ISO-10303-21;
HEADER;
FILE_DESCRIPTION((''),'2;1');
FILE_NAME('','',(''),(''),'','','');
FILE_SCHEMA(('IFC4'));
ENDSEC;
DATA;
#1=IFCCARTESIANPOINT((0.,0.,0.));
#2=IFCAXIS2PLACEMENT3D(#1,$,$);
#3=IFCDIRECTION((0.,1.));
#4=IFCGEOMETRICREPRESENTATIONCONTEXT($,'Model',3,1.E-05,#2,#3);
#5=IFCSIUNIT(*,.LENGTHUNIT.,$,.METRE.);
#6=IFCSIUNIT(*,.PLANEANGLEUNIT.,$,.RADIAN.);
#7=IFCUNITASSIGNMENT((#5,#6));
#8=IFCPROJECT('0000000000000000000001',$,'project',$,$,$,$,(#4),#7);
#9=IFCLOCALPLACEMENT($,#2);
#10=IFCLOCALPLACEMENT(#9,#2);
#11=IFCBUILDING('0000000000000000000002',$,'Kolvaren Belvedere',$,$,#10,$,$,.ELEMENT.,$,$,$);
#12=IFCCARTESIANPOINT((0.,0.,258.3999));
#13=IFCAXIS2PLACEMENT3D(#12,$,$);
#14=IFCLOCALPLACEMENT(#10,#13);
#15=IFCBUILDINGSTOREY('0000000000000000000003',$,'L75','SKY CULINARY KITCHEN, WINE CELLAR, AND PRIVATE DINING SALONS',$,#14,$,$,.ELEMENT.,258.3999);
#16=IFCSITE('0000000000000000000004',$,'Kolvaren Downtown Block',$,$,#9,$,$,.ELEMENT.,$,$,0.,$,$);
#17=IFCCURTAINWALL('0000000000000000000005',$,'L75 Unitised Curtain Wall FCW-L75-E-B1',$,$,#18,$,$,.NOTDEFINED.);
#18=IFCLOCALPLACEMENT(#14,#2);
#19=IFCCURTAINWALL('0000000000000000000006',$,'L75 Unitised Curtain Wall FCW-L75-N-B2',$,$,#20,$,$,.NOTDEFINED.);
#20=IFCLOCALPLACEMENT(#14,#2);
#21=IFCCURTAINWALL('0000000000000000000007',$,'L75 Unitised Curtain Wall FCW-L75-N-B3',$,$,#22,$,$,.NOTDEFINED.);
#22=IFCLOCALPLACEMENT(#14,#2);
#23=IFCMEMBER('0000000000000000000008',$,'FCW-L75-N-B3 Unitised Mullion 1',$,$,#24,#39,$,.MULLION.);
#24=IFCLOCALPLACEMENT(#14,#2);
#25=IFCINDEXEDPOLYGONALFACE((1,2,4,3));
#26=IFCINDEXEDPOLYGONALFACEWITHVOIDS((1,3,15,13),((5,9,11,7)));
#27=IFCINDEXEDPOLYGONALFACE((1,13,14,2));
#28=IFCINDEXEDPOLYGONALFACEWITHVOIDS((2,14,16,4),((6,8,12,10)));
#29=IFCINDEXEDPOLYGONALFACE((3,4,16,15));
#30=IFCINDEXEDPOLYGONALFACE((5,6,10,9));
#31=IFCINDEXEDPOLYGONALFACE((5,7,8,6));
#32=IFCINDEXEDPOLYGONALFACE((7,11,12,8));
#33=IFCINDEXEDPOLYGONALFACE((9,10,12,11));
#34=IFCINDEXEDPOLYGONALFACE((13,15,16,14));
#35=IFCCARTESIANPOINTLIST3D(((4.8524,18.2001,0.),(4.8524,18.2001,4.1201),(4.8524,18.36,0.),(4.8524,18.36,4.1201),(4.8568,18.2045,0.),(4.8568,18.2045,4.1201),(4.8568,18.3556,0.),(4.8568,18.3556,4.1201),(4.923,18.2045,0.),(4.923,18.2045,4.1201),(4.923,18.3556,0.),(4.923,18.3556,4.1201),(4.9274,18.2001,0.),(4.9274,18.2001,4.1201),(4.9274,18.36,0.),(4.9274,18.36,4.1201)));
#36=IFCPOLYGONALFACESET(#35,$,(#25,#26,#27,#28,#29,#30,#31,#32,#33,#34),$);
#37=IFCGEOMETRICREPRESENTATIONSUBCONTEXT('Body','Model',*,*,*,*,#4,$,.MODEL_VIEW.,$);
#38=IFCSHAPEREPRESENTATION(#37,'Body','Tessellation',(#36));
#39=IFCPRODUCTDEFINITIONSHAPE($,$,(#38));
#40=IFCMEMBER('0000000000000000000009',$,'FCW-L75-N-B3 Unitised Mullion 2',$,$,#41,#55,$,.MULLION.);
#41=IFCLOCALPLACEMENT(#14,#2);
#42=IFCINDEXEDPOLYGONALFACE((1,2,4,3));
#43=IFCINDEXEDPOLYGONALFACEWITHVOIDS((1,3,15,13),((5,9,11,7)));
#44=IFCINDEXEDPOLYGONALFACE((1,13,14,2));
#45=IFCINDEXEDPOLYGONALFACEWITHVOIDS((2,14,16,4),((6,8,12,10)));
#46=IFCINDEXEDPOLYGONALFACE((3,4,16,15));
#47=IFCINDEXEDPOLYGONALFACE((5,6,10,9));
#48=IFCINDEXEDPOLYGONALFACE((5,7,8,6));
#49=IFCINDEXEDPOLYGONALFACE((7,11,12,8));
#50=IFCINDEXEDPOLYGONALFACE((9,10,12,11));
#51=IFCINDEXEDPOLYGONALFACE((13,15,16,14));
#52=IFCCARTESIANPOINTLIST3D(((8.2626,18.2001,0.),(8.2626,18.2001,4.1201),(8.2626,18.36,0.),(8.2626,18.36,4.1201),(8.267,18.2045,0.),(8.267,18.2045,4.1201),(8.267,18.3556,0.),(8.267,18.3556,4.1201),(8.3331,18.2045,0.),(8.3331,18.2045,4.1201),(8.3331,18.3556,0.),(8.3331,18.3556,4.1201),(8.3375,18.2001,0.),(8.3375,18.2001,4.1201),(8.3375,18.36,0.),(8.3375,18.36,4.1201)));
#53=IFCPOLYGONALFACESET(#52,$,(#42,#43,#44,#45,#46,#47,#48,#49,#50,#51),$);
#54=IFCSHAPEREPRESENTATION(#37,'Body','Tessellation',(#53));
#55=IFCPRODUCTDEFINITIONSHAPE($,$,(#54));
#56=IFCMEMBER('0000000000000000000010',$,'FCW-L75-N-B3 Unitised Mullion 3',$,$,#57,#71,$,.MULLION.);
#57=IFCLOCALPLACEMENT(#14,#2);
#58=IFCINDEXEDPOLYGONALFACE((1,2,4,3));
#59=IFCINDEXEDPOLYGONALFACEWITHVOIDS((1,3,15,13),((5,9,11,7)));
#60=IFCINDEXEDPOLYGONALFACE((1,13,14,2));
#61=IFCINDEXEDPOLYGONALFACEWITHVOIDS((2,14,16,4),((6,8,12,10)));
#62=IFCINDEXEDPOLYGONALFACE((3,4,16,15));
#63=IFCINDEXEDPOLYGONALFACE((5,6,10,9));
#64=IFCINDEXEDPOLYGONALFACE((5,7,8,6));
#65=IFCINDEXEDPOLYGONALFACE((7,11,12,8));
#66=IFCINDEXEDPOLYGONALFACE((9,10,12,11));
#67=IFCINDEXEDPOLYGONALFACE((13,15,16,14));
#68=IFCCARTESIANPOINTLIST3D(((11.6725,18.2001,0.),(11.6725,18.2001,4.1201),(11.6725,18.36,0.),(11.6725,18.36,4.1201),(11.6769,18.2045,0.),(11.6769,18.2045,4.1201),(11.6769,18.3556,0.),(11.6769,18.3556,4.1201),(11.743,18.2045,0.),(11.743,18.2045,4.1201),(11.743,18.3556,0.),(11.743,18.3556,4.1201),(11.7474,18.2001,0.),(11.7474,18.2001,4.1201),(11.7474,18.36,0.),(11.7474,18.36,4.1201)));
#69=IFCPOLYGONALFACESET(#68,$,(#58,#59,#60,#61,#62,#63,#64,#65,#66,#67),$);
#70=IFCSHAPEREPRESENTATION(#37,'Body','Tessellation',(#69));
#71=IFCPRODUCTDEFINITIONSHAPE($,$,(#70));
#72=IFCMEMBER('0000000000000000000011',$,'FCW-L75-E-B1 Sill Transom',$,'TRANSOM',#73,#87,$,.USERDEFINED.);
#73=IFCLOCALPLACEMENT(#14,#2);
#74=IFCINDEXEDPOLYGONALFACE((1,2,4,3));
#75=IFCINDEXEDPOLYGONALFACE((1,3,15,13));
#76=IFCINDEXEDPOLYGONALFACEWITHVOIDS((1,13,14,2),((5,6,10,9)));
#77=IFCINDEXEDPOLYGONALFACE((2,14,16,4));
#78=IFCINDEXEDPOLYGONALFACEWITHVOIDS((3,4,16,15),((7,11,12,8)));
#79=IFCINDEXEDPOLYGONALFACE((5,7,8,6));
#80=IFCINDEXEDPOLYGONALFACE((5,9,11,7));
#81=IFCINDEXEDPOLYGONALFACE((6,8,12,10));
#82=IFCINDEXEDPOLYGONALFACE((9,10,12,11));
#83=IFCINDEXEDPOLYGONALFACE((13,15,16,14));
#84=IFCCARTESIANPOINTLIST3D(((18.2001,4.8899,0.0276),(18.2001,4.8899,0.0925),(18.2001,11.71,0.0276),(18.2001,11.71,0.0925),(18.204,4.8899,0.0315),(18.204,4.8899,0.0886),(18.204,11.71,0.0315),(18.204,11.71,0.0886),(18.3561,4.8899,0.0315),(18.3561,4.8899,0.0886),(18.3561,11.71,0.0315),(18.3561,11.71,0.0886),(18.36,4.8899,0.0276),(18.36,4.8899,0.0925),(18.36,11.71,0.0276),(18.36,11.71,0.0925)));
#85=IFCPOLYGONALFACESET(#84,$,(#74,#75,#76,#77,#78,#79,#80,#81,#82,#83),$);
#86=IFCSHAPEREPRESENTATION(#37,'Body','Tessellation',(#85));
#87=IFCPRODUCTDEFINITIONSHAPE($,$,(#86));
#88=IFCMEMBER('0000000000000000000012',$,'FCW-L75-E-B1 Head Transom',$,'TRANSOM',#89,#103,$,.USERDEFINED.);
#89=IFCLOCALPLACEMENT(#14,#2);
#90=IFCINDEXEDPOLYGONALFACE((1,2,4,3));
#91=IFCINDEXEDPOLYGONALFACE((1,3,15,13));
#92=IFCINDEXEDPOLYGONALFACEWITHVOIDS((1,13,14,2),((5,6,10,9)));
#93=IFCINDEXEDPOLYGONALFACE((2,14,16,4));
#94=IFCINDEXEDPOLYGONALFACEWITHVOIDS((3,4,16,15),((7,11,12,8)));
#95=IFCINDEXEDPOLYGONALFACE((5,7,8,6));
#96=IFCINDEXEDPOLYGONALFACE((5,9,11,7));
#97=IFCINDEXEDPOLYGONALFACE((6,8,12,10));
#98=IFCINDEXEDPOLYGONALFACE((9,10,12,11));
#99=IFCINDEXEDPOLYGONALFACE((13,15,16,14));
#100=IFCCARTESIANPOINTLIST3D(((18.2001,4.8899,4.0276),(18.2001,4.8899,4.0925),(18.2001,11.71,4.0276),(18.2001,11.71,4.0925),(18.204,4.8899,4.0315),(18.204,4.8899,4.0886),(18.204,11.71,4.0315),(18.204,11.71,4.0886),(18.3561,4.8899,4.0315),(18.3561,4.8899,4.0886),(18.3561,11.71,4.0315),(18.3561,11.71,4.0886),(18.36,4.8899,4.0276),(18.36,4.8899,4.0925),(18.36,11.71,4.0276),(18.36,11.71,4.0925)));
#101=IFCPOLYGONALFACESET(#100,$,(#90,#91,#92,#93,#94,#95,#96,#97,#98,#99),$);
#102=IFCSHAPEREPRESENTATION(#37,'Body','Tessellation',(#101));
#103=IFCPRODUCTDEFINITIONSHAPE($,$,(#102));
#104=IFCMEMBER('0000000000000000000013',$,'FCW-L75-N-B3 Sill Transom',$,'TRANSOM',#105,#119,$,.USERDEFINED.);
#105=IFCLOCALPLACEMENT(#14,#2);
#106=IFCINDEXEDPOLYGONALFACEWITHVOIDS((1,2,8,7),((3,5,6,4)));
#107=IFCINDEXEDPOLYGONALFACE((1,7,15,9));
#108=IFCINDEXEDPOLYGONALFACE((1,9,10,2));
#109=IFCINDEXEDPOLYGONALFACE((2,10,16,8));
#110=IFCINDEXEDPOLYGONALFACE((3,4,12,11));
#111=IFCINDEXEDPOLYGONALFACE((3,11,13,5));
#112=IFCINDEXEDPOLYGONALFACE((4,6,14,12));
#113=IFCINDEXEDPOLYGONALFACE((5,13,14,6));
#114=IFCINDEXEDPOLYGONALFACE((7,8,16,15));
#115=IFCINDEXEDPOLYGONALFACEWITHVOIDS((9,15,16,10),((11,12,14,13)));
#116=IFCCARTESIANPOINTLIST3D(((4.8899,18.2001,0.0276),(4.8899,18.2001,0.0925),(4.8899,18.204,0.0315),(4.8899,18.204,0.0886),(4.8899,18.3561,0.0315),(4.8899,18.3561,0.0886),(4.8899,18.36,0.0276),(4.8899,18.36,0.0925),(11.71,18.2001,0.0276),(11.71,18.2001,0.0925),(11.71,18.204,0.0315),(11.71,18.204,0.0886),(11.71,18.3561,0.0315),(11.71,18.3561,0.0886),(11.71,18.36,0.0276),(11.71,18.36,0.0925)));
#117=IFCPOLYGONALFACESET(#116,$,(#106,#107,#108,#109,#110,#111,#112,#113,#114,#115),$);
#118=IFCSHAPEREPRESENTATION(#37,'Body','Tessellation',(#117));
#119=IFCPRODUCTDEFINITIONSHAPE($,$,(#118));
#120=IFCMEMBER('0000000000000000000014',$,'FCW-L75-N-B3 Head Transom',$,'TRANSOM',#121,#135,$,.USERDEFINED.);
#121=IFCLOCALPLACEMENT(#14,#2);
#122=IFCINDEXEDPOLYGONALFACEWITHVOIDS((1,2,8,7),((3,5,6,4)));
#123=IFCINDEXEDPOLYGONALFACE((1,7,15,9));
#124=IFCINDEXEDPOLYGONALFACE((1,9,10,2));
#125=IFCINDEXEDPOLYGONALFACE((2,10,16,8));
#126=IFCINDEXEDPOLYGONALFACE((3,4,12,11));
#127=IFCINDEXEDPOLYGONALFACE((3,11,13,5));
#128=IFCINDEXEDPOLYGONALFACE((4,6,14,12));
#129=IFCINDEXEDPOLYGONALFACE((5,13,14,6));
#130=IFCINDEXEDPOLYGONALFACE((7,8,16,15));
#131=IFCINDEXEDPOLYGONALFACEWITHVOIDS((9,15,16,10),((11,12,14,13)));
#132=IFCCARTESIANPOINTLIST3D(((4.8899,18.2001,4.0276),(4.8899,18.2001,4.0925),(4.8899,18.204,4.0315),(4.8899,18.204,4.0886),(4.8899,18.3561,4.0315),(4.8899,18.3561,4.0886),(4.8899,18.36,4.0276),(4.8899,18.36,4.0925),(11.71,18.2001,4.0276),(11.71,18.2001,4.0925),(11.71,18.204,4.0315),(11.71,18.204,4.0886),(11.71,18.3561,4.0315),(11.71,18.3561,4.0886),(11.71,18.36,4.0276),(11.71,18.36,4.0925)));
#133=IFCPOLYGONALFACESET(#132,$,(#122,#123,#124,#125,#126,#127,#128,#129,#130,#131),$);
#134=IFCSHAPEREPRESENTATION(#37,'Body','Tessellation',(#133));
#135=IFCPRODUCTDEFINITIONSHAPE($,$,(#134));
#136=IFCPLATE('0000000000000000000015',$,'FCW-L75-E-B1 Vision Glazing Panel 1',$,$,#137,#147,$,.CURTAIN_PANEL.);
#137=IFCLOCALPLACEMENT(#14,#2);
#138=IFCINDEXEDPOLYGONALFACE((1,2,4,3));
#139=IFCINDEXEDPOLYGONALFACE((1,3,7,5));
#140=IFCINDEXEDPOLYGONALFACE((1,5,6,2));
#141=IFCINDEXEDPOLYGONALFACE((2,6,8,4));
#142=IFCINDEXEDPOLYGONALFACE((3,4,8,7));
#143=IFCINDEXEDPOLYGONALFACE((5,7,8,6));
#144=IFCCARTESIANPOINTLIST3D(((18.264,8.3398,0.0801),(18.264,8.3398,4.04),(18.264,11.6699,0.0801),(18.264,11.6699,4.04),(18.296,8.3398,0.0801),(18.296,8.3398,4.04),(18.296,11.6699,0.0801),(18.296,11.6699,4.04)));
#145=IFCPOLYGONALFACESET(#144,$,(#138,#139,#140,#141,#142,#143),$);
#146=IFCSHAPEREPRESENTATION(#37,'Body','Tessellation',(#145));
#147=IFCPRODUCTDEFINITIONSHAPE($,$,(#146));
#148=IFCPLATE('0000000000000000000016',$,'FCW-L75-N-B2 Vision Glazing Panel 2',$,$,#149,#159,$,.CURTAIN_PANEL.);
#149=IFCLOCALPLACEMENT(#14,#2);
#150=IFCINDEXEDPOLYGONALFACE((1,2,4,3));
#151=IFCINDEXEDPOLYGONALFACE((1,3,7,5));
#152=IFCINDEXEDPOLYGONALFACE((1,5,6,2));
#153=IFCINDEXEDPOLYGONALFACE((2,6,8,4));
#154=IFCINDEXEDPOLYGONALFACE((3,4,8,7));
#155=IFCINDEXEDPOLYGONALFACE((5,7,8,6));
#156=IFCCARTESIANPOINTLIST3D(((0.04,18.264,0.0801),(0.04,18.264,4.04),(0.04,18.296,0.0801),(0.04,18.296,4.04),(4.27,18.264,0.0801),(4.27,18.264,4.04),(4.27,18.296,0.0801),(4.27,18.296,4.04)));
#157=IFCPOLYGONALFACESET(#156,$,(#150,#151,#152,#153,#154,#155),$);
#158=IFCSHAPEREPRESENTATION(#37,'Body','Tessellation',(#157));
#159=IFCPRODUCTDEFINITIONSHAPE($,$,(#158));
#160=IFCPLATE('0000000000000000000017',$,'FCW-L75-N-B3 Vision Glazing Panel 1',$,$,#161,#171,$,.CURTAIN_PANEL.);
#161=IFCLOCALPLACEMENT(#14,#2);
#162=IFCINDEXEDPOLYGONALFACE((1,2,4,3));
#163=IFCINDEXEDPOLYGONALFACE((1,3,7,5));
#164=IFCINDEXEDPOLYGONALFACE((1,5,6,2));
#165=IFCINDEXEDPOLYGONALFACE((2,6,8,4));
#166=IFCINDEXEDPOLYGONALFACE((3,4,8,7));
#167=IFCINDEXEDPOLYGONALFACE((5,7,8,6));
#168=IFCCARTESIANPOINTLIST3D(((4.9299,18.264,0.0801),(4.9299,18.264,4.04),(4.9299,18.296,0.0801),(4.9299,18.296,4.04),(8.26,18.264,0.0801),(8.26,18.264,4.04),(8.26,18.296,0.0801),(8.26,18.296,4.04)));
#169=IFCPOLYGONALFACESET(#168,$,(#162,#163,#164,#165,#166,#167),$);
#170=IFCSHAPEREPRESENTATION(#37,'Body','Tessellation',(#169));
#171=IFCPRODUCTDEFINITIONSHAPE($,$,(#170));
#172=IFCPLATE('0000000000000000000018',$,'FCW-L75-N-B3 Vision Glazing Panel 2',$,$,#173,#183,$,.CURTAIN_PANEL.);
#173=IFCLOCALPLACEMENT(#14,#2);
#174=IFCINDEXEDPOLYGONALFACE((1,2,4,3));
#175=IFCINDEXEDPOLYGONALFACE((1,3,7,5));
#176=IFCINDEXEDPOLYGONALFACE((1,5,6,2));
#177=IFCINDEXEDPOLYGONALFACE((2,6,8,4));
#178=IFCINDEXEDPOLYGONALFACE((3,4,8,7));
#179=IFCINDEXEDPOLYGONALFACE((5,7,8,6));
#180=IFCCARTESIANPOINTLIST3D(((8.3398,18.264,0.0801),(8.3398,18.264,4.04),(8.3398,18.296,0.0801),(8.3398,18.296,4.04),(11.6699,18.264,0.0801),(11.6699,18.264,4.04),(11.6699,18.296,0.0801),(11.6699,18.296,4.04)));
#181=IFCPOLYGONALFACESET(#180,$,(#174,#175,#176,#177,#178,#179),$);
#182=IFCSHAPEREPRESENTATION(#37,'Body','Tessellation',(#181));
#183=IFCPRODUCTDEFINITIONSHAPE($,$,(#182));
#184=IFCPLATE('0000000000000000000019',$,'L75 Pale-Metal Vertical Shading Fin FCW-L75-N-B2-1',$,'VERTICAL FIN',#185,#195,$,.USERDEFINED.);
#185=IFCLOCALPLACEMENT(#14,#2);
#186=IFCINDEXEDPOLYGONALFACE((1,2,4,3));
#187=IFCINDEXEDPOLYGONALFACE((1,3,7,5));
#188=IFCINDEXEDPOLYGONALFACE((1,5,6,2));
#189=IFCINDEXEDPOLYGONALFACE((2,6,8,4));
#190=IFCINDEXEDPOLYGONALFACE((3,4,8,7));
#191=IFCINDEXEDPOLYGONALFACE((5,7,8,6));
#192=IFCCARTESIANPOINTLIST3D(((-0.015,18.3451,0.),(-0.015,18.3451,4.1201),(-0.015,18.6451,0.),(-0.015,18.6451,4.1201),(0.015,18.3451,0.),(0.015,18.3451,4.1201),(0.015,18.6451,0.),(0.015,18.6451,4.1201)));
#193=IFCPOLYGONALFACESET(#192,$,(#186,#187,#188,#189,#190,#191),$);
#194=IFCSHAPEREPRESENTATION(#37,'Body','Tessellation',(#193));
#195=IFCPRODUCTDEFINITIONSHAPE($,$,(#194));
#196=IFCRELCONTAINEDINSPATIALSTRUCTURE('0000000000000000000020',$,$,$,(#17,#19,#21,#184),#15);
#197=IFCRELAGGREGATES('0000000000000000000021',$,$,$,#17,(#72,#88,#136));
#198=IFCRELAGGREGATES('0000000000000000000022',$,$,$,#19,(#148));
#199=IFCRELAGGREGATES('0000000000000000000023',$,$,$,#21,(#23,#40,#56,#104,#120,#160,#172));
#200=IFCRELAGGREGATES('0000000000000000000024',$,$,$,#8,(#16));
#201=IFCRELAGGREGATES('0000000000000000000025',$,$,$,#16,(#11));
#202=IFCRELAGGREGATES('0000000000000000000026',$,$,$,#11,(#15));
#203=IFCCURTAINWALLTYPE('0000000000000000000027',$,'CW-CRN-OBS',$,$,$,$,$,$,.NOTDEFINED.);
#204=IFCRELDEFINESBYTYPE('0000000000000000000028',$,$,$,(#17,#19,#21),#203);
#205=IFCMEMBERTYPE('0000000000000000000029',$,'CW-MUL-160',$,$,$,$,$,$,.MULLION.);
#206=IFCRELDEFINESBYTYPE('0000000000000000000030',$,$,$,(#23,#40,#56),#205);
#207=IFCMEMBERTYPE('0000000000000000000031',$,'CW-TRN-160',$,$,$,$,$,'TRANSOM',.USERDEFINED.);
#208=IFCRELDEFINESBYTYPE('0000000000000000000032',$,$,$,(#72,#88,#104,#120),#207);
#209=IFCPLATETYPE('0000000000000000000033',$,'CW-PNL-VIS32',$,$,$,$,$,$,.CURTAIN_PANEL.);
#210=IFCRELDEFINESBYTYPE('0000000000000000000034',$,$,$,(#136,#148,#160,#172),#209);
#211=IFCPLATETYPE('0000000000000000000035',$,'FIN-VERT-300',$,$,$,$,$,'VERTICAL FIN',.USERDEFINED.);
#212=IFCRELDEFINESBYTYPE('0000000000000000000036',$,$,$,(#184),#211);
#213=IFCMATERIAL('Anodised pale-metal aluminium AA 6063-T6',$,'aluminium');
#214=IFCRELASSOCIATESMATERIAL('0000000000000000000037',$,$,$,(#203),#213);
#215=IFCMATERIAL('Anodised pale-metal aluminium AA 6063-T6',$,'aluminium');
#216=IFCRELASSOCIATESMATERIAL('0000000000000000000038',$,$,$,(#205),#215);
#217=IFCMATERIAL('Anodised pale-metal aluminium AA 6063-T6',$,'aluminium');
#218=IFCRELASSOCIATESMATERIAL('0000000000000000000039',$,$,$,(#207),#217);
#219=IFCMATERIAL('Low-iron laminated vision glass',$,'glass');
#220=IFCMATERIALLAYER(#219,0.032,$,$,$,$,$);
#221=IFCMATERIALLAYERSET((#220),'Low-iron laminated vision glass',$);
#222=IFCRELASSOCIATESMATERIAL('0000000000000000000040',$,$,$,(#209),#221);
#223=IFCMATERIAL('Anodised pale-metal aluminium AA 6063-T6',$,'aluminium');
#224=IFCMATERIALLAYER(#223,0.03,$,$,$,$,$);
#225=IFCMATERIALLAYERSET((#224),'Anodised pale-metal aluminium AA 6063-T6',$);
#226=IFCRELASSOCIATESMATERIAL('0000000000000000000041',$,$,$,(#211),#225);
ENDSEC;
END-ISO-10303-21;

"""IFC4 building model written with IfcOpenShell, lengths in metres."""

from ifc_helpers import new_model, si_unit, direction, frame, origin, origin_2d, place, context, subcontext, project, spatial, rectangle, hollow_rectangle, extrude, material, layer, layer_set, material_profile, profile_set, type_object, element, aggregate, save


model = new_model("IFC4")

# Units and contexts
model_context = context("Model", 3, precision=1e-05, world=origin(), true_north=direction((0.0, 1.0)))
body_context = subcontext(model_context, "Body", "Model", "MODEL_VIEW")
ifc_project = project(units=[si_unit("LENGTHUNIT", "METRE"), si_unit("PLANEANGLEUNIT", "RADIAN")], contexts=[model_context])

# Site, building, storey
site_placement = place(None, origin())
site = spatial("IfcSite", under=ifc_project, at=site_placement, Name="Kolvaren Downtown Block", CompositionType="ELEMENT", RefElevation=0.0)
building_placement = place(site_placement, origin())
building = spatial("IfcBuilding", under=site, at=building_placement, Name="Kolvaren Belvedere", CompositionType="ELEMENT")
storey_placement = place(building_placement, frame((0.0, 0.0, 258.3999)))
storey = spatial("IfcBuildingStorey", under=building, at=storey_placement, Name="L75", Description="SKY CULINARY KITCHEN, WINE CELLAR, AND PRIVATE DINING SALONS", CompositionType="ELEMENT", Elevation=258.3999)

# Curtain wall
ifc_material_1 = material(Name="Anodised pale-metal aluminium AA 6063-T6", Category="aluminium")
curtain_wall_type = type_object("IfcCurtainWallType", Name="CW-CRN-OBS", PredefinedType="NOTDEFINED", material=ifc_material_1)
curtain_wall_1_placement = place(storey_placement, origin())
curtain_wall_1 = element("IfcCurtainWall", 1, at=curtain_wall_1_placement, inside=storey, type_object=curtain_wall_type, Name="L75 Unitised Curtain Wall FCW-L75-E-B1", PredefinedType="NOTDEFINED")
ifc_material_2 = material(Name="Anodised pale-metal aluminium AA 6063-T6", Category="aluminium")
ifc_material_profile_1 = material_profile(ifc_material_2, hollow_rectangle(XDim=0.075, YDim=0.1599, WallThickness=0.0044, at=origin_2d()), Name="ALU-MUL-160X75")
ifc_profile_set_1 = profile_set([ifc_material_profile_1], Name="Anodised pale-metal aluminium AA 6063-T6")
member_type_1 = type_object("IfcMemberType", Name="CW-MUL-160", PredefinedType="MULLION", material=ifc_profile_set_1)

# Curtain walls, members
curtain_wall_2_placement = place(storey_placement, origin())
curtain_wall_2 = element("IfcCurtainWall", 2, at=curtain_wall_2_placement, inside=storey, type_object=curtain_wall_type, Name="L75 Unitised Curtain Wall FCW-L75-N-B2", PredefinedType="NOTDEFINED")
curtain_wall_3_placement = place(storey_placement, origin())
curtain_wall_3 = element("IfcCurtainWall", 3, at=curtain_wall_3_placement, inside=storey, type_object=curtain_wall_type, Name="L75 Unitised Curtain Wall FCW-L75-N-B3", PredefinedType="NOTDEFINED")
member_1_placement = place(storey_placement, frame((4.8899, 18.28, 0.0), z_axis=(0.0, 0.0, 1.0), x_axis=(1.0, 0.0, 0.0)))
member_1 = element("IfcMember", 4, at=member_1_placement, type_object=member_type_1, Name="FCW-L75-N-B3 Unitised Mullion 1", PredefinedType="MULLION", context=body_context, shape_type="SweptSolid", body=[
    extrude(hollow_rectangle(XDim=0.075, YDim=0.1599, WallThickness=0.0044, at=origin_2d()), origin(), (0.0, 0.0, 1.0), 4.1201),
])
member_2_placement = place(storey_placement, frame((8.3, 18.28, 0.0), z_axis=(0.0, 0.0, 1.0), x_axis=(1.0, 0.0, 0.0)))
member_2 = element("IfcMember", 5, at=member_2_placement, type_object=member_type_1, Name="FCW-L75-N-B3 Unitised Mullion 2", PredefinedType="MULLION", context=body_context, shape_type="SweptSolid", body=[
    extrude(hollow_rectangle(XDim=0.075, YDim=0.1599, WallThickness=0.0044, at=origin_2d()), origin(), (0.0, 0.0, 1.0), 4.1201),
])
member_3_placement = place(storey_placement, frame((11.71, 18.28, 0.0), z_axis=(0.0, 0.0, 1.0), x_axis=(1.0, 0.0, 0.0)))
member_3 = element("IfcMember", 6, at=member_3_placement, type_object=member_type_1, Name="FCW-L75-N-B3 Unitised Mullion 3", PredefinedType="MULLION", context=body_context, shape_type="SweptSolid", body=[
    extrude(hollow_rectangle(XDim=0.075, YDim=0.1599, WallThickness=0.0044, at=origin_2d()), origin(), (0.0, 0.0, 1.0), 4.1201),
])

# Members
ifc_material_3 = material(Name="Anodised pale-metal aluminium AA 6063-T6", Category="aluminium")
ifc_material_profile_2 = material_profile(ifc_material_3, hollow_rectangle(XDim=0.0649, YDim=0.1599, WallThickness=0.0039, at=origin_2d()), Name="ALU-TRN-160X65")
ifc_profile_set_2 = profile_set([ifc_material_profile_2], Name="Anodised pale-metal aluminium AA 6063-T6")
member_type_2 = type_object("IfcMemberType", Name="CW-TRN-160", ElementType="TRANSOM", PredefinedType="USERDEFINED", material=ifc_profile_set_2)
member_4_placement = place(storey_placement, frame((18.28, 11.71, 0.0601), z_axis=(0.0, -1.0, 0.0), x_axis=(0.0, 0.0, 1.0)))
member_4 = element("IfcMember", 7, at=member_4_placement, type_object=member_type_2, Name="FCW-L75-E-B1 Sill Transom", ObjectType="TRANSOM", PredefinedType="USERDEFINED", context=body_context, shape_type="SweptSolid", body=[
    extrude(hollow_rectangle(XDim=0.0649, YDim=0.1599, WallThickness=0.0039, at=origin_2d()), origin(), (0.0, 0.0, 1.0), 6.8201),
])
member_5_placement = place(storey_placement, frame((18.28, 11.71, 4.0601), z_axis=(0.0, -1.0, 0.0), x_axis=(0.0, 0.0, 1.0)))
member_5 = element("IfcMember", 8, at=member_5_placement, type_object=member_type_2, Name="FCW-L75-E-B1 Head Transom", ObjectType="TRANSOM", PredefinedType="USERDEFINED", context=body_context, shape_type="SweptSolid", body=[
    extrude(hollow_rectangle(XDim=0.0649, YDim=0.1599, WallThickness=0.0039, at=origin_2d()), origin(), (0.0, 0.0, 1.0), 6.8201),
])
member_6_placement = place(storey_placement, frame((4.8899, 18.28, 0.0601), z_axis=(1.0, 0.0, 0.0), x_axis=(0.0, 0.0, 1.0)))
member_6 = element("IfcMember", 9, at=member_6_placement, type_object=member_type_2, Name="FCW-L75-N-B3 Sill Transom", ObjectType="TRANSOM", PredefinedType="USERDEFINED", context=body_context, shape_type="SweptSolid", body=[
    extrude(hollow_rectangle(XDim=0.0649, YDim=0.1599, WallThickness=0.0039, at=origin_2d()), origin(), (0.0, 0.0, 1.0), 6.8201),
])
member_7_placement = place(storey_placement, frame((4.8899, 18.28, 4.0601), z_axis=(1.0, 0.0, 0.0), x_axis=(0.0, 0.0, 1.0)))
member_7 = element("IfcMember", 10, at=member_7_placement, type_object=member_type_2, Name="FCW-L75-N-B3 Head Transom", ObjectType="TRANSOM", PredefinedType="USERDEFINED", context=body_context, shape_type="SweptSolid", body=[
    extrude(hollow_rectangle(XDim=0.0649, YDim=0.1599, WallThickness=0.0039, at=origin_2d()), origin(), (0.0, 0.0, 1.0), 6.8201),
])

# Plates
ifc_material_4 = material(Name="Low-iron laminated vision glass", Category="glass")
ifc_layer_1 = layer(ifc_material_4, 0.032)
ifc_layer_set_1 = layer_set([ifc_layer_1], Name="Low-iron laminated vision glass")
plate_type_1 = type_object("IfcPlateType", Name="CW-PNL-VIS32", PredefinedType="CURTAIN_PANEL", material=ifc_layer_set_1)
plate_1_placement = place(storey_placement, frame((18.28, 10.0049, 0.0801), z_axis=(0.0, 0.0, 1.0), x_axis=(0.0, -1.0, 0.0)))
plate_1 = element("IfcPlate", 11, at=plate_1_placement, type_object=plate_type_1, Name="FCW-L75-E-B1 Vision Glazing Panel 1", PredefinedType="CURTAIN_PANEL", context=body_context, shape_type="SweptSolid", body=[
    extrude(rectangle(XDim=3.3301, YDim=0.032, at=origin_2d()), origin(), (0.0, 0.0, 1.0), 3.96),
])
aggregate(curtain_wall_1, [member_4, member_5, plate_1])
plate_2_placement = place(storey_placement, frame((2.155, 18.28, 0.0801), z_axis=(0.0, 0.0, 1.0), x_axis=(1.0, 0.0, 0.0)))
plate_2 = element("IfcPlate", 12, at=plate_2_placement, type_object=plate_type_1, Name="FCW-L75-N-B2 Vision Glazing Panel 2", PredefinedType="CURTAIN_PANEL", context=body_context, shape_type="SweptSolid", body=[
    extrude(rectangle(XDim=4.23, YDim=0.032, at=origin_2d()), origin(), (0.0, 0.0, 1.0), 3.96),
])
aggregate(curtain_wall_2, [plate_2])
plate_3_placement = place(storey_placement, frame((6.595, 18.28, 0.0801), z_axis=(0.0, 0.0, 1.0), x_axis=(1.0, 0.0, 0.0)))
plate_3 = element("IfcPlate", 13, at=plate_3_placement, type_object=plate_type_1, Name="FCW-L75-N-B3 Vision Glazing Panel 1", PredefinedType="CURTAIN_PANEL", context=body_context, shape_type="SweptSolid", body=[
    extrude(rectangle(XDim=3.3301, YDim=0.032, at=origin_2d()), origin(), (0.0, 0.0, 1.0), 3.96),
])
plate_4_placement = place(storey_placement, frame((10.0049, 18.28, 0.0801), z_axis=(0.0, 0.0, 1.0), x_axis=(1.0, 0.0, 0.0)))
plate_4 = element("IfcPlate", 14, at=plate_4_placement, type_object=plate_type_1, Name="FCW-L75-N-B3 Vision Glazing Panel 2", PredefinedType="CURTAIN_PANEL", context=body_context, shape_type="SweptSolid", body=[
    extrude(rectangle(XDim=3.3301, YDim=0.032, at=origin_2d()), origin(), (0.0, 0.0, 1.0), 3.96),
])
aggregate(curtain_wall_3, [member_1, member_2, member_3, member_6, member_7, plate_3, plate_4])

# Plate
ifc_material_5 = material(Name="Anodised pale-metal aluminium AA 6063-T6", Category="aluminium")
ifc_layer_2 = layer(ifc_material_5, 0.03)
ifc_layer_set_2 = layer_set([ifc_layer_2], Name="Anodised pale-metal aluminium AA 6063-T6")
plate_type_2 = type_object("IfcPlateType", Name="FIN-VERT-300", ElementType="VERTICAL FIN", PredefinedType="USERDEFINED", material=ifc_layer_set_2)
for number, where, z_axis, x_axis, name in (
    (15, (0.0, 18.4951, 0.0), (0.0, 0.0, 1.0), (0.0, 1.0, 0.0), "L75 Pale-Metal Vertical Shading Fin FCW-L75-N-B2-1"),
):
    element("IfcPlate", number, at=place(storey_placement, frame(where, z_axis=z_axis, x_axis=x_axis)), inside=storey, type_object=plate_type_2, Name=name, ObjectType="VERTICAL FIN", PredefinedType="USERDEFINED", context=body_context, shape_type="SweptSolid", body=[
        extrude(rectangle(XDim=0.3, YDim=0.03, at=origin_2d()), origin(), (0.0, 0.0, 1.0), 4.1201),
    ])

save(model, "model.ifc")
